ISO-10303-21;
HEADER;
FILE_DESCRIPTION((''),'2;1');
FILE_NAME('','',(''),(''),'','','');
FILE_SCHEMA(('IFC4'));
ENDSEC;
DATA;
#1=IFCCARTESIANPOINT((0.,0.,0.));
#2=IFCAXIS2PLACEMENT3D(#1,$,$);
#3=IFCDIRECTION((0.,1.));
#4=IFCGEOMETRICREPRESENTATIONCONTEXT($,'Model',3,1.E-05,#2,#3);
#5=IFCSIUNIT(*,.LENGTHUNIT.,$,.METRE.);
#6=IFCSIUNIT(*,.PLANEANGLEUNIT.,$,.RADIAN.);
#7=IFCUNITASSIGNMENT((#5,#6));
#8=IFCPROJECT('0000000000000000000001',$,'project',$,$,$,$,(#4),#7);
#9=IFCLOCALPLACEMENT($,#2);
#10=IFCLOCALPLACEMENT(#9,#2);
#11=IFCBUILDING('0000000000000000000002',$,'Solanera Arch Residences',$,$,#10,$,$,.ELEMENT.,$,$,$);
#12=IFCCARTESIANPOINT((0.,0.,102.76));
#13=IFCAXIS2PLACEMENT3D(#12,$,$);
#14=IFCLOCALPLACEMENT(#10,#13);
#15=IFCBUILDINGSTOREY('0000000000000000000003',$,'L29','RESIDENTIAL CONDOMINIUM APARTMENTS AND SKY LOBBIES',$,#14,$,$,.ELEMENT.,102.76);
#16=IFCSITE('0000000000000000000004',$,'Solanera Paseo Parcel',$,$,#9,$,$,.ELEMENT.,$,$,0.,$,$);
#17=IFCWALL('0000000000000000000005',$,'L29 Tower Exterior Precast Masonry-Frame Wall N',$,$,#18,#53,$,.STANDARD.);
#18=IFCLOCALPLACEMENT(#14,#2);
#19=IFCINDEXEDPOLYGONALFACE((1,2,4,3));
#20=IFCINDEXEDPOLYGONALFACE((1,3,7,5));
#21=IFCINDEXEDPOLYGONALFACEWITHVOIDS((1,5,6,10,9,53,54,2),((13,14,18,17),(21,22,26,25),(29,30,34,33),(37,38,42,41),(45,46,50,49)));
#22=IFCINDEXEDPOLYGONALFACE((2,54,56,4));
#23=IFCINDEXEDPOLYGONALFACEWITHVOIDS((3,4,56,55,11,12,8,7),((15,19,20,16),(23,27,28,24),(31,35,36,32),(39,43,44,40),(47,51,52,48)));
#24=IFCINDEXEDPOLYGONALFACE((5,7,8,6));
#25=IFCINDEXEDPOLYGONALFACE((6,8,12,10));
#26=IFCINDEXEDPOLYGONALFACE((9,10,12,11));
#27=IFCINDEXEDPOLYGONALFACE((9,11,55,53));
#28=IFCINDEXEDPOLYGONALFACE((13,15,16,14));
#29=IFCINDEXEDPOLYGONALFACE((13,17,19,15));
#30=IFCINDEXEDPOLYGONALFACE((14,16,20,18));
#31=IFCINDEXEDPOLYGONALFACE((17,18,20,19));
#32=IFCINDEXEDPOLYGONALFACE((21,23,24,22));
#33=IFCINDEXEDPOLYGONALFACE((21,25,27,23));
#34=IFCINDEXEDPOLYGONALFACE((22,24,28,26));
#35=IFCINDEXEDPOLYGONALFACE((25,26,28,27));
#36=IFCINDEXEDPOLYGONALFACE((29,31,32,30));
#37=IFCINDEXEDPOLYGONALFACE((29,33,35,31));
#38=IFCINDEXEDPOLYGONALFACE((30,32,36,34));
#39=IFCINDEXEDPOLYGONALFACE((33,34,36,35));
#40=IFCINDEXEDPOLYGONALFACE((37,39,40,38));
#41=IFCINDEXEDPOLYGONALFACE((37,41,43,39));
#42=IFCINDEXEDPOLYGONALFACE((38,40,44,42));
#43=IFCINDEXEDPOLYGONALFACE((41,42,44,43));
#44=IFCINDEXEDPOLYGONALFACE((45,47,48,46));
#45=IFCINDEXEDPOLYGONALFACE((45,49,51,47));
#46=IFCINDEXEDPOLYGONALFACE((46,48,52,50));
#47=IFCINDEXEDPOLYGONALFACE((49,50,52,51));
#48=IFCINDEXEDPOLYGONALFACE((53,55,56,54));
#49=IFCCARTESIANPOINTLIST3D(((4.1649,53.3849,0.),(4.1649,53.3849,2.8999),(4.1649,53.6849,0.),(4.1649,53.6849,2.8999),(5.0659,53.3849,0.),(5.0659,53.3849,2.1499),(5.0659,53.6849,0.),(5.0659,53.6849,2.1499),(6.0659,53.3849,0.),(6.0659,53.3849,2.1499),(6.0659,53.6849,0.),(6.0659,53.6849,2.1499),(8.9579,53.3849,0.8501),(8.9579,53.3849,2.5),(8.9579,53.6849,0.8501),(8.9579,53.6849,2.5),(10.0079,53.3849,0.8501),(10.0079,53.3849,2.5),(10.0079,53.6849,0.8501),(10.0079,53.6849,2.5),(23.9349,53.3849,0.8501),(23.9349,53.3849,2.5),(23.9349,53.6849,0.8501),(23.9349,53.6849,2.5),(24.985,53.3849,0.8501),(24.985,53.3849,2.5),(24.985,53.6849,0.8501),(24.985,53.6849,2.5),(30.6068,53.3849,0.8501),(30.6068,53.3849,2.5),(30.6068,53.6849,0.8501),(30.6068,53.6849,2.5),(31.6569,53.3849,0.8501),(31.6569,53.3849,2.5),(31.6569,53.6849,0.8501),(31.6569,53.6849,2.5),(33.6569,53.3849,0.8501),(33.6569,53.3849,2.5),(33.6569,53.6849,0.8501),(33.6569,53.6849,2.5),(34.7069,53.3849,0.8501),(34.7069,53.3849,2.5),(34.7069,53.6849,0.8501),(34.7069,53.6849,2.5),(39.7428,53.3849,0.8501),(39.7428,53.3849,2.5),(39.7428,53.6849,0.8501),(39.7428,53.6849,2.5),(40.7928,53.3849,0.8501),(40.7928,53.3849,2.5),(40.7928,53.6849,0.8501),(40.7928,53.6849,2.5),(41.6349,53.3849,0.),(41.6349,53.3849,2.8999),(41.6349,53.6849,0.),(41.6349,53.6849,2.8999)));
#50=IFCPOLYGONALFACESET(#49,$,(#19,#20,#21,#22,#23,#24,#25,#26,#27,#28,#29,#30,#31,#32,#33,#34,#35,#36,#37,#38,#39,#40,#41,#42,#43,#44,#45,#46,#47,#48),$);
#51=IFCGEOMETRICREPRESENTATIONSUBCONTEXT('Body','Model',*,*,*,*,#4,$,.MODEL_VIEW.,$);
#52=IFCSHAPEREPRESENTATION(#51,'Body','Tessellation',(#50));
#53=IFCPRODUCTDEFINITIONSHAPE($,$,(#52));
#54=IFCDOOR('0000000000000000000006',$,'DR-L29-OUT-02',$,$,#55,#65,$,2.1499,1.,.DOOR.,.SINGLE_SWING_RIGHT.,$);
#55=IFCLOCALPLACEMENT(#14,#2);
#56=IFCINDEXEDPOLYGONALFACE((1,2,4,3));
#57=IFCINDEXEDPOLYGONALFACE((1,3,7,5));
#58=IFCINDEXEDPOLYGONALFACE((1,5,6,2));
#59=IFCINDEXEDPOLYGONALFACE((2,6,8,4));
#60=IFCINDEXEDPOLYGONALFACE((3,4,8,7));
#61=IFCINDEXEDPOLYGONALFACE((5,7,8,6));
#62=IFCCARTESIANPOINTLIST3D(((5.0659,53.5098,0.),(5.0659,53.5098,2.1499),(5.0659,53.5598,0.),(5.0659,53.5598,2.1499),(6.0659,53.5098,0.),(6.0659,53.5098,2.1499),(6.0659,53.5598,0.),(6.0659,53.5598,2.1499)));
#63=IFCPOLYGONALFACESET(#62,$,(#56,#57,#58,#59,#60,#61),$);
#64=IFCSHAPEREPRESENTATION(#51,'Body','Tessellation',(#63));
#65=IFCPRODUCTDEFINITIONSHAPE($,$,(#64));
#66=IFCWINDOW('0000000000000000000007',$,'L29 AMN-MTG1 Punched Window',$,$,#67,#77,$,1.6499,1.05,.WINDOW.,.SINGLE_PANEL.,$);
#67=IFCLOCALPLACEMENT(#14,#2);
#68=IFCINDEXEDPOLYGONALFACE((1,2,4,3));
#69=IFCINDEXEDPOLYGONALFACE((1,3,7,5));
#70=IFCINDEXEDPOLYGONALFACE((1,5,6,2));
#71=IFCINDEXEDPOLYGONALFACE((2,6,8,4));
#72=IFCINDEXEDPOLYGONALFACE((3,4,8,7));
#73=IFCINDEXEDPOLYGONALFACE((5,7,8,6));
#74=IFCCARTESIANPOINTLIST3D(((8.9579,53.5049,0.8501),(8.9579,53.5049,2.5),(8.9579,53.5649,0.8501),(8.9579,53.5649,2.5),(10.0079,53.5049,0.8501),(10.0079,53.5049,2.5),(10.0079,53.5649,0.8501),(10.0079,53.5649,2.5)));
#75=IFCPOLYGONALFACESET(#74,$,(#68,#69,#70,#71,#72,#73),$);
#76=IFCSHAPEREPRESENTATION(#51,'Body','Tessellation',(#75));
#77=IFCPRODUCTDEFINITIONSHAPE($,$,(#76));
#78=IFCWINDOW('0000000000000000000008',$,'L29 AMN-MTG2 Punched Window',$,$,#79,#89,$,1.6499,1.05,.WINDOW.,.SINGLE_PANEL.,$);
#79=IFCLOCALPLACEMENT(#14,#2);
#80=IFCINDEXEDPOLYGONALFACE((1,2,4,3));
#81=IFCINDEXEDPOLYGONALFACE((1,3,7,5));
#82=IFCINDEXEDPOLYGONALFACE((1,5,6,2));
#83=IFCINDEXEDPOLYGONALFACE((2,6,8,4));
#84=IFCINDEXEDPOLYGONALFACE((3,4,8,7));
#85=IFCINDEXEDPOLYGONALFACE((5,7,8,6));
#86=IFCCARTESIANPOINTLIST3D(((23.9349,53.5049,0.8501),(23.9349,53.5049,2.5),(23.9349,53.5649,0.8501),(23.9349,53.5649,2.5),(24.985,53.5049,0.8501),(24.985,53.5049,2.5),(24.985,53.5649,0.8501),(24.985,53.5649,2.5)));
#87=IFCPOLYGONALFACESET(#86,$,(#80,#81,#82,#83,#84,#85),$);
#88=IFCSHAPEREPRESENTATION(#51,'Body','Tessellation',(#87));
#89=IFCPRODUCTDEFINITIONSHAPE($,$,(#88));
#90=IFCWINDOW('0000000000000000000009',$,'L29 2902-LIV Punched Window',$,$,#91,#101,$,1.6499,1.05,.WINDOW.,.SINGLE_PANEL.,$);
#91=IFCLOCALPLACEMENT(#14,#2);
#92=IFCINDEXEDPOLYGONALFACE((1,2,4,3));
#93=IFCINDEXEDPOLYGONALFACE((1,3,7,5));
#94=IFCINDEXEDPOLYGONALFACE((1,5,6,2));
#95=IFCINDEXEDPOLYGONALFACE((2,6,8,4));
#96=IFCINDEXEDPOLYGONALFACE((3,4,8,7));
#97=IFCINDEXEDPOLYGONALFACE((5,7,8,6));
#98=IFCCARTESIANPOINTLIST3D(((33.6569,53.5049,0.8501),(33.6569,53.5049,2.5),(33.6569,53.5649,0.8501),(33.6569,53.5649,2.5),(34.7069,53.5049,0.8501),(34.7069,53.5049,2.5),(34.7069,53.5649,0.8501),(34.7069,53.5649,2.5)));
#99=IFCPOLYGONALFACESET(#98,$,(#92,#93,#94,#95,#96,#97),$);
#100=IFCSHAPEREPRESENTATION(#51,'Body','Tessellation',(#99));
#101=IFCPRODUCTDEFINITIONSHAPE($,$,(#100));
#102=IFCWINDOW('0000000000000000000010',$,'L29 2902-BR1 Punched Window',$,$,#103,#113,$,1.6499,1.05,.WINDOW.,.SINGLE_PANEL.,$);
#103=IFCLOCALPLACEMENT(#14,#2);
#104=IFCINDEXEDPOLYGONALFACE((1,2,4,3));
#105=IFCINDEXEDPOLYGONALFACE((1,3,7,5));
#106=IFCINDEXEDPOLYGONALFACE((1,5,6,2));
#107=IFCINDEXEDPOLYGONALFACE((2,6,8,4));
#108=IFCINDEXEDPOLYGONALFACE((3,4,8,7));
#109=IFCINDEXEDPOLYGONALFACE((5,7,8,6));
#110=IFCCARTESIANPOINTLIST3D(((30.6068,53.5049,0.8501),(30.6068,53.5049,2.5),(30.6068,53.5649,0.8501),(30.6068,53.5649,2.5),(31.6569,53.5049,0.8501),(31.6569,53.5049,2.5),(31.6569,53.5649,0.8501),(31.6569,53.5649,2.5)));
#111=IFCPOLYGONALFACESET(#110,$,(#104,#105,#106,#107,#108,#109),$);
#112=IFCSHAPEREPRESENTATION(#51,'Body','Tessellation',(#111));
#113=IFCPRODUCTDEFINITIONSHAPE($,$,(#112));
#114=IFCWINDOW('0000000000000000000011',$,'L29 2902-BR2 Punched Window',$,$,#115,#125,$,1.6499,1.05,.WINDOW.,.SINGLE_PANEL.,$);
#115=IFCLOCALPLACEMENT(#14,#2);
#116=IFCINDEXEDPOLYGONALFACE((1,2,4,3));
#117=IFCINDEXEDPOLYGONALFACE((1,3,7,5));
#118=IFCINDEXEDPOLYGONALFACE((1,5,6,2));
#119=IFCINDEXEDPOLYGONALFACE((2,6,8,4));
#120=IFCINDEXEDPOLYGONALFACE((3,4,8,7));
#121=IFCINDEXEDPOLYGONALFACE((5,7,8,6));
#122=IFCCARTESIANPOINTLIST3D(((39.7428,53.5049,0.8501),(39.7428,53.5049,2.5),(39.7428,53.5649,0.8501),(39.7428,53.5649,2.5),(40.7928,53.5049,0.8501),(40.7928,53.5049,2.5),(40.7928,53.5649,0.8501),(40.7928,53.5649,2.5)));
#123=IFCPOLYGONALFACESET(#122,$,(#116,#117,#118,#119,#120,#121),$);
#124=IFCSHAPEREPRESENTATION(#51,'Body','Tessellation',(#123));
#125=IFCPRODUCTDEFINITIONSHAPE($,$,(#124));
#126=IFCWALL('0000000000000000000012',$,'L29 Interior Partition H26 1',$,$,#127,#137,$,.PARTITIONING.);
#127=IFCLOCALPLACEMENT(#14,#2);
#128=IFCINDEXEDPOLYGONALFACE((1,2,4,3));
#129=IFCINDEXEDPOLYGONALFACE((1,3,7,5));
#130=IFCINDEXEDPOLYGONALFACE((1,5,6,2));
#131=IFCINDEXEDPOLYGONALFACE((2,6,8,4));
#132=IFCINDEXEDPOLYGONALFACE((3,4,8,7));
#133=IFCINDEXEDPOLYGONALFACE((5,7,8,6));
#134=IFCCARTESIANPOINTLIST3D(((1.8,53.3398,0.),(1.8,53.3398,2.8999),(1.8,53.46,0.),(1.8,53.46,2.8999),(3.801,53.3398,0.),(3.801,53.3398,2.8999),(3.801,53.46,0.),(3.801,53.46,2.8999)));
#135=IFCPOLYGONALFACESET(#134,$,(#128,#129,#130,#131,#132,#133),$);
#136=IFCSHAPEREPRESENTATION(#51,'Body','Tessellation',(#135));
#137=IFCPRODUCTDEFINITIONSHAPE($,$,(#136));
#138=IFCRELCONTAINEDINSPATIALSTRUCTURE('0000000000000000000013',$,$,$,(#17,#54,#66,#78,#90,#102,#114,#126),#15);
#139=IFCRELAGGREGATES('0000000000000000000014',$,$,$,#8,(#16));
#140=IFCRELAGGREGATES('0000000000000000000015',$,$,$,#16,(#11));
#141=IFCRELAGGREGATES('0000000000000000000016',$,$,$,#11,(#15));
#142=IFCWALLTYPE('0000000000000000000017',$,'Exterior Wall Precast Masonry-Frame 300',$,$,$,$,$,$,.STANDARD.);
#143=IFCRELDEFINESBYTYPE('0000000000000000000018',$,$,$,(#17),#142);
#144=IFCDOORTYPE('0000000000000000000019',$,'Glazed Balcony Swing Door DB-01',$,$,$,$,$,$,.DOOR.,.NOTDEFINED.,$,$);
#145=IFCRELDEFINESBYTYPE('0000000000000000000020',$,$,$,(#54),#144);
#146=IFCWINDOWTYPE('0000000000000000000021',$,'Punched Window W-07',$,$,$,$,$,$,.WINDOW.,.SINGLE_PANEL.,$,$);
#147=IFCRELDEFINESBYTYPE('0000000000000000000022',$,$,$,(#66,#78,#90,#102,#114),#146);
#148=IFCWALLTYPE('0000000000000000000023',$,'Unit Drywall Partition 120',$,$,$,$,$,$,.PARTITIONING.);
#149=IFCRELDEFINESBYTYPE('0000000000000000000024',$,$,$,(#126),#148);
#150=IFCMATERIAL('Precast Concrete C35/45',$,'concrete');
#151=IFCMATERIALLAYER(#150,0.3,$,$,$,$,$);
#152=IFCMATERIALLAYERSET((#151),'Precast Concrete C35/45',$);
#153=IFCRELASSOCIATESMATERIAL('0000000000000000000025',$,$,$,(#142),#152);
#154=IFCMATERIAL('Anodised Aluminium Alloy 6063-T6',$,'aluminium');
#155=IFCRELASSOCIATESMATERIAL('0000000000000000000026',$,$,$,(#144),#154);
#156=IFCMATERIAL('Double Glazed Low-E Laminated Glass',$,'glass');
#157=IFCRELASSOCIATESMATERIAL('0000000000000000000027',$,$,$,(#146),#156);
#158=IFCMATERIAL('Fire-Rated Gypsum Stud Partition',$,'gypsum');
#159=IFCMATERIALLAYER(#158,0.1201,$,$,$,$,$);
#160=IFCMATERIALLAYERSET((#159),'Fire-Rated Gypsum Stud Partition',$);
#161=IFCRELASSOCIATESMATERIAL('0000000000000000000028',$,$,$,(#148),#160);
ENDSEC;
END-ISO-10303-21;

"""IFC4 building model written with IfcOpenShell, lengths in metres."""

from ifc_helpers import new_model, si_unit, direction, frame, frame_2d, origin, place, context, subcontext, project, spatial, rectangle, extrude, material, layer, layer_set, type_object, element, fill, save


model = new_model("IFC4")

# Units and contexts
model_context = context("Model", 3, precision=1e-05, world=origin(), true_north=direction((0.0, 1.0)))
body_context = subcontext(model_context, "Body", "Model", "MODEL_VIEW")
ifc_project = project(units=[si_unit("LENGTHUNIT", "METRE"), si_unit("PLANEANGLEUNIT", "RADIAN")], contexts=[model_context])

# Site, building, storey
site_placement = place(None, origin())
site = spatial("IfcSite", under=ifc_project, at=site_placement, Name="Solanera Paseo Parcel", CompositionType="ELEMENT", RefElevation=0.0)
building_placement = place(site_placement, origin())
building = spatial("IfcBuilding", under=site, at=building_placement, Name="Solanera Arch Residences", CompositionType="ELEMENT")
storey_placement = place(building_placement, frame((0.0, 0.0, 102.76)))
storey = spatial("IfcBuildingStorey", under=building, at=storey_placement, Name="L29", Description="RESIDENTIAL CONDOMINIUM APARTMENTS AND SKY LOBBIES", CompositionType="ELEMENT", Elevation=102.76)

# Shared definitions
ifc_material_1 = material(Name="Precast Concrete C35/45", Category="concrete")
ifc_layer_1 = layer(ifc_material_1, 0.3)
ifc_layer_set_1 = layer_set([ifc_layer_1], Name="Precast Concrete C35/45")
wall_type_1 = type_object("IfcWallType", Name="Exterior Wall Precast Masonry-Frame 300", PredefinedType="STANDARD", material=ifc_layer_set_1)

# Wall, openings, door, windows
wall_1_placement = place(storey_placement, frame((4.165, 53.5349, 0.0), z_axis=(0.0, 0.0, 1.0), x_axis=(1.0, 0.0, 0.0)))
wall_1 = element("IfcWall", 1, at=wall_1_placement, inside=storey, type_object=wall_type_1, Name="L29 Tower Exterior Precast Masonry-Frame Wall N", PredefinedType="STANDARD", context=body_context, shape_type="SweptSolid", body=[
    extrude(rectangle(XDim=37.47, YDim=0.3, at=frame_2d((18.7349, 0.0))), origin(), (0.0, 0.0, 1.0), 2.8999),
])
opening_1_placement = place(wall_1_placement, frame((0.9009, 0.0, 0.0)))
opening_1 = element("IfcOpeningElement", 2, at=opening_1_placement, cuts=wall_1, PredefinedType="OPENING", context=body_context, shape_type="SweptSolid", body=[
    extrude(rectangle(XDim=1.0, YDim=2.1499, at=frame_2d((0.5, 1.075))), frame((0.0, 0.1599, 0.0), z_axis=(0.0, -1.0, 0.0), x_axis=(1.0, 0.0, 0.0)), (0.0, 0.0, 1.0), 0.32),
])
opening_2_placement = place(wall_1_placement, frame((4.793, 0.0, 0.8501)))
opening_2 = element("IfcOpeningElement", 3, at=opening_2_placement, cuts=wall_1, PredefinedType="OPENING", context=body_context, shape_type="SweptSolid", body=[
    extrude(rectangle(XDim=1.05, YDim=1.6499, at=frame_2d((0.5249, 0.825))), frame((0.0, 0.1599, 0.0), z_axis=(0.0, -1.0, 0.0), x_axis=(1.0, 0.0, 0.0)), (0.0, 0.0, 1.0), 0.32),
])
opening_3_placement = place(wall_1_placement, frame((19.77, 0.0, 0.8501)))
opening_3 = element("IfcOpeningElement", 4, at=opening_3_placement, cuts=wall_1, PredefinedType="OPENING", context=body_context, shape_type="SweptSolid", body=[
    extrude(rectangle(XDim=1.05, YDim=1.6499, at=frame_2d((0.5249, 0.825))), frame((0.0, 0.1599, 0.0), z_axis=(0.0, -1.0, 0.0), x_axis=(1.0, 0.0, 0.0)), (0.0, 0.0, 1.0), 0.32),
])
opening_4_placement = place(wall_1_placement, frame((29.4919, 0.0, 0.8501)))
opening_4 = element("IfcOpeningElement", 5, at=opening_4_placement, cuts=wall_1, PredefinedType="OPENING", context=body_context, shape_type="SweptSolid", body=[
    extrude(rectangle(XDim=1.05, YDim=1.6499, at=frame_2d((0.5249, 0.825))), frame((0.0, 0.1599, 0.0), z_axis=(0.0, -1.0, 0.0), x_axis=(1.0, 0.0, 0.0)), (0.0, 0.0, 1.0), 0.32),
])
opening_5_placement = place(wall_1_placement, frame((26.4419, 0.0, 0.8501)))
opening_5 = element("IfcOpeningElement", 6, at=opening_5_placement, cuts=wall_1, PredefinedType="OPENING", context=body_context, shape_type="SweptSolid", body=[
    extrude(rectangle(XDim=1.05, YDim=1.6499, at=frame_2d((0.5249, 0.825))), frame((0.0, 0.1599, 0.0), z_axis=(0.0, -1.0, 0.0), x_axis=(1.0, 0.0, 0.0)), (0.0, 0.0, 1.0), 0.32),
])
opening_6_placement = place(wall_1_placement, frame((35.5779, 0.0, 0.8501)))
opening_6 = element("IfcOpeningElement", 7, at=opening_6_placement, cuts=wall_1, PredefinedType="OPENING", context=body_context, shape_type="SweptSolid", body=[
    extrude(rectangle(XDim=1.05, YDim=1.6499, at=frame_2d((0.5249, 0.825))), frame((0.0, 0.1599, 0.0), z_axis=(0.0, -1.0, 0.0), x_axis=(1.0, 0.0, 0.0)), (0.0, 0.0, 1.0), 0.32),
])
ifc_material_2 = material(Name="Anodised Aluminium Alloy 6063-T6", Category="aluminium")
door_type = type_object("IfcDoorType", Name="Glazed Balcony Swing Door DB-01", OperationType="NOTDEFINED", PredefinedType="DOOR", material=ifc_material_2)
door_placement = place(opening_1_placement, origin())
door = element("IfcDoor", 8, at=door_placement, inside=storey, type_object=door_type, Name="DR-L29-OUT-02", OperationType="SINGLE_SWING_RIGHT", OverallHeight=2.1499, OverallWidth=1.0, PredefinedType="DOOR", context=body_context, shape_type="SweptSolid", body=[
    extrude(rectangle(XDim=1.0, YDim=2.1499, at=frame_2d((0.5, 1.075))), frame((0.0, 0.0249, 0.0), z_axis=(0.0, -1.0, 0.0), x_axis=(1.0, 0.0, 0.0)), (0.0, 0.0, 1.0), 0.05),
])
fill(opening_1, door)
ifc_material_3 = material(Name="Double Glazed Low-E Laminated Glass", Category="glass")
window_type = type_object("IfcWindowType", Name="Punched Window W-07", PartitioningType="SINGLE_PANEL", PredefinedType="WINDOW", material=ifc_material_3)
window_1_placement = place(opening_2_placement, origin())
window_1 = element("IfcWindow", 9, at=window_1_placement, inside=storey, type_object=window_type, Name="L29 AMN-MTG1 Punched Window", OverallHeight=1.6499, OverallWidth=1.05, PartitioningType="SINGLE_PANEL", PredefinedType="WINDOW", context=body_context, shape_type="SweptSolid", body=[
    extrude(rectangle(XDim=1.05, YDim=1.6499, at=frame_2d((0.5249, 0.825))), frame((0.0, 0.03, 0.0), z_axis=(0.0, -1.0, 0.0), x_axis=(1.0, 0.0, 0.0)), (0.0, 0.0, 1.0), 0.0601),
])
fill(opening_2, window_1)
window_2_placement = place(opening_3_placement, origin())
window_2 = element("IfcWindow", 10, at=window_2_placement, inside=storey, type_object=window_type, Name="L29 AMN-MTG2 Punched Window", OverallHeight=1.6499, OverallWidth=1.05, PartitioningType="SINGLE_PANEL", PredefinedType="WINDOW", context=body_context, shape_type="SweptSolid", body=[
    extrude(rectangle(XDim=1.05, YDim=1.6499, at=frame_2d((0.5249, 0.825))), frame((0.0, 0.03, 0.0), z_axis=(0.0, -1.0, 0.0), x_axis=(1.0, 0.0, 0.0)), (0.0, 0.0, 1.0), 0.0601),
])
fill(opening_3, window_2)
window_3_placement = place(opening_4_placement, origin())
window_3 = element("IfcWindow", 11, at=window_3_placement, inside=storey, type_object=window_type, Name="L29 2902-LIV Punched Window", OverallHeight=1.6499, OverallWidth=1.05, PartitioningType="SINGLE_PANEL", PredefinedType="WINDOW", context=body_context, shape_type="SweptSolid", body=[
    extrude(rectangle(XDim=1.05, YDim=1.6499, at=frame_2d((0.5249, 0.825))), frame((0.0, 0.03, 0.0), z_axis=(0.0, -1.0, 0.0), x_axis=(1.0, 0.0, 0.0)), (0.0, 0.0, 1.0), 0.0601),
])
fill(opening_4, window_3)
window_4_placement = place(opening_5_placement, origin())
window_4 = element("IfcWindow", 12, at=window_4_placement, inside=storey, type_object=window_type, Name="L29 2902-BR1 Punched Window", OverallHeight=1.6499, OverallWidth=1.05, PartitioningType="SINGLE_PANEL", PredefinedType="WINDOW", context=body_context, shape_type="SweptSolid", body=[
    extrude(rectangle(XDim=1.05, YDim=1.6499, at=frame_2d((0.5249, 0.825))), frame((0.0, 0.03, 0.0), z_axis=(0.0, -1.0, 0.0), x_axis=(1.0, 0.0, 0.0)), (0.0, 0.0, 1.0), 0.0601),
])
fill(opening_5, window_4)
window_5_placement = place(opening_6_placement, origin())
window_5 = element("IfcWindow", 13, at=window_5_placement, inside=storey, type_object=window_type, Name="L29 2902-BR2 Punched Window", OverallHeight=1.6499, OverallWidth=1.05, PartitioningType="SINGLE_PANEL", PredefinedType="WINDOW", context=body_context, shape_type="SweptSolid", body=[
    extrude(rectangle(XDim=1.05, YDim=1.6499, at=frame_2d((0.5249, 0.825))), frame((0.0, 0.03, 0.0), z_axis=(0.0, -1.0, 0.0), x_axis=(1.0, 0.0, 0.0)), (0.0, 0.0, 1.0), 0.0601),
])
fill(opening_6, window_5)

# Wall
ifc_material_4 = material(Name="Fire-Rated Gypsum Stud Partition", Category="gypsum")
ifc_layer_2 = layer(ifc_material_4, 0.1201)
ifc_layer_set_2 = layer_set([ifc_layer_2], Name="Fire-Rated Gypsum Stud Partition")
wall_type_2 = type_object("IfcWallType", Name="Unit Drywall Partition 120", PredefinedType="PARTITIONING", material=ifc_layer_set_2)
wall_2_placement = place(storey_placement, frame((1.8, 53.3999, 0.0), z_axis=(0.0, 0.0, 1.0), x_axis=(1.0, 0.0, 0.0)))
element("IfcWall", 14, at=wall_2_placement, inside=storey, type_object=wall_type_2, Name="L29 Interior Partition H26 1", PredefinedType="PARTITIONING", context=body_context, shape_type="SweptSolid", body=[
    extrude(rectangle(XDim=2.001, YDim=0.1201, at=frame_2d((1.0005, 0.0))), origin(), (0.0, 0.0, 1.0), 2.8999),
])

save(model, "model.ifc")
